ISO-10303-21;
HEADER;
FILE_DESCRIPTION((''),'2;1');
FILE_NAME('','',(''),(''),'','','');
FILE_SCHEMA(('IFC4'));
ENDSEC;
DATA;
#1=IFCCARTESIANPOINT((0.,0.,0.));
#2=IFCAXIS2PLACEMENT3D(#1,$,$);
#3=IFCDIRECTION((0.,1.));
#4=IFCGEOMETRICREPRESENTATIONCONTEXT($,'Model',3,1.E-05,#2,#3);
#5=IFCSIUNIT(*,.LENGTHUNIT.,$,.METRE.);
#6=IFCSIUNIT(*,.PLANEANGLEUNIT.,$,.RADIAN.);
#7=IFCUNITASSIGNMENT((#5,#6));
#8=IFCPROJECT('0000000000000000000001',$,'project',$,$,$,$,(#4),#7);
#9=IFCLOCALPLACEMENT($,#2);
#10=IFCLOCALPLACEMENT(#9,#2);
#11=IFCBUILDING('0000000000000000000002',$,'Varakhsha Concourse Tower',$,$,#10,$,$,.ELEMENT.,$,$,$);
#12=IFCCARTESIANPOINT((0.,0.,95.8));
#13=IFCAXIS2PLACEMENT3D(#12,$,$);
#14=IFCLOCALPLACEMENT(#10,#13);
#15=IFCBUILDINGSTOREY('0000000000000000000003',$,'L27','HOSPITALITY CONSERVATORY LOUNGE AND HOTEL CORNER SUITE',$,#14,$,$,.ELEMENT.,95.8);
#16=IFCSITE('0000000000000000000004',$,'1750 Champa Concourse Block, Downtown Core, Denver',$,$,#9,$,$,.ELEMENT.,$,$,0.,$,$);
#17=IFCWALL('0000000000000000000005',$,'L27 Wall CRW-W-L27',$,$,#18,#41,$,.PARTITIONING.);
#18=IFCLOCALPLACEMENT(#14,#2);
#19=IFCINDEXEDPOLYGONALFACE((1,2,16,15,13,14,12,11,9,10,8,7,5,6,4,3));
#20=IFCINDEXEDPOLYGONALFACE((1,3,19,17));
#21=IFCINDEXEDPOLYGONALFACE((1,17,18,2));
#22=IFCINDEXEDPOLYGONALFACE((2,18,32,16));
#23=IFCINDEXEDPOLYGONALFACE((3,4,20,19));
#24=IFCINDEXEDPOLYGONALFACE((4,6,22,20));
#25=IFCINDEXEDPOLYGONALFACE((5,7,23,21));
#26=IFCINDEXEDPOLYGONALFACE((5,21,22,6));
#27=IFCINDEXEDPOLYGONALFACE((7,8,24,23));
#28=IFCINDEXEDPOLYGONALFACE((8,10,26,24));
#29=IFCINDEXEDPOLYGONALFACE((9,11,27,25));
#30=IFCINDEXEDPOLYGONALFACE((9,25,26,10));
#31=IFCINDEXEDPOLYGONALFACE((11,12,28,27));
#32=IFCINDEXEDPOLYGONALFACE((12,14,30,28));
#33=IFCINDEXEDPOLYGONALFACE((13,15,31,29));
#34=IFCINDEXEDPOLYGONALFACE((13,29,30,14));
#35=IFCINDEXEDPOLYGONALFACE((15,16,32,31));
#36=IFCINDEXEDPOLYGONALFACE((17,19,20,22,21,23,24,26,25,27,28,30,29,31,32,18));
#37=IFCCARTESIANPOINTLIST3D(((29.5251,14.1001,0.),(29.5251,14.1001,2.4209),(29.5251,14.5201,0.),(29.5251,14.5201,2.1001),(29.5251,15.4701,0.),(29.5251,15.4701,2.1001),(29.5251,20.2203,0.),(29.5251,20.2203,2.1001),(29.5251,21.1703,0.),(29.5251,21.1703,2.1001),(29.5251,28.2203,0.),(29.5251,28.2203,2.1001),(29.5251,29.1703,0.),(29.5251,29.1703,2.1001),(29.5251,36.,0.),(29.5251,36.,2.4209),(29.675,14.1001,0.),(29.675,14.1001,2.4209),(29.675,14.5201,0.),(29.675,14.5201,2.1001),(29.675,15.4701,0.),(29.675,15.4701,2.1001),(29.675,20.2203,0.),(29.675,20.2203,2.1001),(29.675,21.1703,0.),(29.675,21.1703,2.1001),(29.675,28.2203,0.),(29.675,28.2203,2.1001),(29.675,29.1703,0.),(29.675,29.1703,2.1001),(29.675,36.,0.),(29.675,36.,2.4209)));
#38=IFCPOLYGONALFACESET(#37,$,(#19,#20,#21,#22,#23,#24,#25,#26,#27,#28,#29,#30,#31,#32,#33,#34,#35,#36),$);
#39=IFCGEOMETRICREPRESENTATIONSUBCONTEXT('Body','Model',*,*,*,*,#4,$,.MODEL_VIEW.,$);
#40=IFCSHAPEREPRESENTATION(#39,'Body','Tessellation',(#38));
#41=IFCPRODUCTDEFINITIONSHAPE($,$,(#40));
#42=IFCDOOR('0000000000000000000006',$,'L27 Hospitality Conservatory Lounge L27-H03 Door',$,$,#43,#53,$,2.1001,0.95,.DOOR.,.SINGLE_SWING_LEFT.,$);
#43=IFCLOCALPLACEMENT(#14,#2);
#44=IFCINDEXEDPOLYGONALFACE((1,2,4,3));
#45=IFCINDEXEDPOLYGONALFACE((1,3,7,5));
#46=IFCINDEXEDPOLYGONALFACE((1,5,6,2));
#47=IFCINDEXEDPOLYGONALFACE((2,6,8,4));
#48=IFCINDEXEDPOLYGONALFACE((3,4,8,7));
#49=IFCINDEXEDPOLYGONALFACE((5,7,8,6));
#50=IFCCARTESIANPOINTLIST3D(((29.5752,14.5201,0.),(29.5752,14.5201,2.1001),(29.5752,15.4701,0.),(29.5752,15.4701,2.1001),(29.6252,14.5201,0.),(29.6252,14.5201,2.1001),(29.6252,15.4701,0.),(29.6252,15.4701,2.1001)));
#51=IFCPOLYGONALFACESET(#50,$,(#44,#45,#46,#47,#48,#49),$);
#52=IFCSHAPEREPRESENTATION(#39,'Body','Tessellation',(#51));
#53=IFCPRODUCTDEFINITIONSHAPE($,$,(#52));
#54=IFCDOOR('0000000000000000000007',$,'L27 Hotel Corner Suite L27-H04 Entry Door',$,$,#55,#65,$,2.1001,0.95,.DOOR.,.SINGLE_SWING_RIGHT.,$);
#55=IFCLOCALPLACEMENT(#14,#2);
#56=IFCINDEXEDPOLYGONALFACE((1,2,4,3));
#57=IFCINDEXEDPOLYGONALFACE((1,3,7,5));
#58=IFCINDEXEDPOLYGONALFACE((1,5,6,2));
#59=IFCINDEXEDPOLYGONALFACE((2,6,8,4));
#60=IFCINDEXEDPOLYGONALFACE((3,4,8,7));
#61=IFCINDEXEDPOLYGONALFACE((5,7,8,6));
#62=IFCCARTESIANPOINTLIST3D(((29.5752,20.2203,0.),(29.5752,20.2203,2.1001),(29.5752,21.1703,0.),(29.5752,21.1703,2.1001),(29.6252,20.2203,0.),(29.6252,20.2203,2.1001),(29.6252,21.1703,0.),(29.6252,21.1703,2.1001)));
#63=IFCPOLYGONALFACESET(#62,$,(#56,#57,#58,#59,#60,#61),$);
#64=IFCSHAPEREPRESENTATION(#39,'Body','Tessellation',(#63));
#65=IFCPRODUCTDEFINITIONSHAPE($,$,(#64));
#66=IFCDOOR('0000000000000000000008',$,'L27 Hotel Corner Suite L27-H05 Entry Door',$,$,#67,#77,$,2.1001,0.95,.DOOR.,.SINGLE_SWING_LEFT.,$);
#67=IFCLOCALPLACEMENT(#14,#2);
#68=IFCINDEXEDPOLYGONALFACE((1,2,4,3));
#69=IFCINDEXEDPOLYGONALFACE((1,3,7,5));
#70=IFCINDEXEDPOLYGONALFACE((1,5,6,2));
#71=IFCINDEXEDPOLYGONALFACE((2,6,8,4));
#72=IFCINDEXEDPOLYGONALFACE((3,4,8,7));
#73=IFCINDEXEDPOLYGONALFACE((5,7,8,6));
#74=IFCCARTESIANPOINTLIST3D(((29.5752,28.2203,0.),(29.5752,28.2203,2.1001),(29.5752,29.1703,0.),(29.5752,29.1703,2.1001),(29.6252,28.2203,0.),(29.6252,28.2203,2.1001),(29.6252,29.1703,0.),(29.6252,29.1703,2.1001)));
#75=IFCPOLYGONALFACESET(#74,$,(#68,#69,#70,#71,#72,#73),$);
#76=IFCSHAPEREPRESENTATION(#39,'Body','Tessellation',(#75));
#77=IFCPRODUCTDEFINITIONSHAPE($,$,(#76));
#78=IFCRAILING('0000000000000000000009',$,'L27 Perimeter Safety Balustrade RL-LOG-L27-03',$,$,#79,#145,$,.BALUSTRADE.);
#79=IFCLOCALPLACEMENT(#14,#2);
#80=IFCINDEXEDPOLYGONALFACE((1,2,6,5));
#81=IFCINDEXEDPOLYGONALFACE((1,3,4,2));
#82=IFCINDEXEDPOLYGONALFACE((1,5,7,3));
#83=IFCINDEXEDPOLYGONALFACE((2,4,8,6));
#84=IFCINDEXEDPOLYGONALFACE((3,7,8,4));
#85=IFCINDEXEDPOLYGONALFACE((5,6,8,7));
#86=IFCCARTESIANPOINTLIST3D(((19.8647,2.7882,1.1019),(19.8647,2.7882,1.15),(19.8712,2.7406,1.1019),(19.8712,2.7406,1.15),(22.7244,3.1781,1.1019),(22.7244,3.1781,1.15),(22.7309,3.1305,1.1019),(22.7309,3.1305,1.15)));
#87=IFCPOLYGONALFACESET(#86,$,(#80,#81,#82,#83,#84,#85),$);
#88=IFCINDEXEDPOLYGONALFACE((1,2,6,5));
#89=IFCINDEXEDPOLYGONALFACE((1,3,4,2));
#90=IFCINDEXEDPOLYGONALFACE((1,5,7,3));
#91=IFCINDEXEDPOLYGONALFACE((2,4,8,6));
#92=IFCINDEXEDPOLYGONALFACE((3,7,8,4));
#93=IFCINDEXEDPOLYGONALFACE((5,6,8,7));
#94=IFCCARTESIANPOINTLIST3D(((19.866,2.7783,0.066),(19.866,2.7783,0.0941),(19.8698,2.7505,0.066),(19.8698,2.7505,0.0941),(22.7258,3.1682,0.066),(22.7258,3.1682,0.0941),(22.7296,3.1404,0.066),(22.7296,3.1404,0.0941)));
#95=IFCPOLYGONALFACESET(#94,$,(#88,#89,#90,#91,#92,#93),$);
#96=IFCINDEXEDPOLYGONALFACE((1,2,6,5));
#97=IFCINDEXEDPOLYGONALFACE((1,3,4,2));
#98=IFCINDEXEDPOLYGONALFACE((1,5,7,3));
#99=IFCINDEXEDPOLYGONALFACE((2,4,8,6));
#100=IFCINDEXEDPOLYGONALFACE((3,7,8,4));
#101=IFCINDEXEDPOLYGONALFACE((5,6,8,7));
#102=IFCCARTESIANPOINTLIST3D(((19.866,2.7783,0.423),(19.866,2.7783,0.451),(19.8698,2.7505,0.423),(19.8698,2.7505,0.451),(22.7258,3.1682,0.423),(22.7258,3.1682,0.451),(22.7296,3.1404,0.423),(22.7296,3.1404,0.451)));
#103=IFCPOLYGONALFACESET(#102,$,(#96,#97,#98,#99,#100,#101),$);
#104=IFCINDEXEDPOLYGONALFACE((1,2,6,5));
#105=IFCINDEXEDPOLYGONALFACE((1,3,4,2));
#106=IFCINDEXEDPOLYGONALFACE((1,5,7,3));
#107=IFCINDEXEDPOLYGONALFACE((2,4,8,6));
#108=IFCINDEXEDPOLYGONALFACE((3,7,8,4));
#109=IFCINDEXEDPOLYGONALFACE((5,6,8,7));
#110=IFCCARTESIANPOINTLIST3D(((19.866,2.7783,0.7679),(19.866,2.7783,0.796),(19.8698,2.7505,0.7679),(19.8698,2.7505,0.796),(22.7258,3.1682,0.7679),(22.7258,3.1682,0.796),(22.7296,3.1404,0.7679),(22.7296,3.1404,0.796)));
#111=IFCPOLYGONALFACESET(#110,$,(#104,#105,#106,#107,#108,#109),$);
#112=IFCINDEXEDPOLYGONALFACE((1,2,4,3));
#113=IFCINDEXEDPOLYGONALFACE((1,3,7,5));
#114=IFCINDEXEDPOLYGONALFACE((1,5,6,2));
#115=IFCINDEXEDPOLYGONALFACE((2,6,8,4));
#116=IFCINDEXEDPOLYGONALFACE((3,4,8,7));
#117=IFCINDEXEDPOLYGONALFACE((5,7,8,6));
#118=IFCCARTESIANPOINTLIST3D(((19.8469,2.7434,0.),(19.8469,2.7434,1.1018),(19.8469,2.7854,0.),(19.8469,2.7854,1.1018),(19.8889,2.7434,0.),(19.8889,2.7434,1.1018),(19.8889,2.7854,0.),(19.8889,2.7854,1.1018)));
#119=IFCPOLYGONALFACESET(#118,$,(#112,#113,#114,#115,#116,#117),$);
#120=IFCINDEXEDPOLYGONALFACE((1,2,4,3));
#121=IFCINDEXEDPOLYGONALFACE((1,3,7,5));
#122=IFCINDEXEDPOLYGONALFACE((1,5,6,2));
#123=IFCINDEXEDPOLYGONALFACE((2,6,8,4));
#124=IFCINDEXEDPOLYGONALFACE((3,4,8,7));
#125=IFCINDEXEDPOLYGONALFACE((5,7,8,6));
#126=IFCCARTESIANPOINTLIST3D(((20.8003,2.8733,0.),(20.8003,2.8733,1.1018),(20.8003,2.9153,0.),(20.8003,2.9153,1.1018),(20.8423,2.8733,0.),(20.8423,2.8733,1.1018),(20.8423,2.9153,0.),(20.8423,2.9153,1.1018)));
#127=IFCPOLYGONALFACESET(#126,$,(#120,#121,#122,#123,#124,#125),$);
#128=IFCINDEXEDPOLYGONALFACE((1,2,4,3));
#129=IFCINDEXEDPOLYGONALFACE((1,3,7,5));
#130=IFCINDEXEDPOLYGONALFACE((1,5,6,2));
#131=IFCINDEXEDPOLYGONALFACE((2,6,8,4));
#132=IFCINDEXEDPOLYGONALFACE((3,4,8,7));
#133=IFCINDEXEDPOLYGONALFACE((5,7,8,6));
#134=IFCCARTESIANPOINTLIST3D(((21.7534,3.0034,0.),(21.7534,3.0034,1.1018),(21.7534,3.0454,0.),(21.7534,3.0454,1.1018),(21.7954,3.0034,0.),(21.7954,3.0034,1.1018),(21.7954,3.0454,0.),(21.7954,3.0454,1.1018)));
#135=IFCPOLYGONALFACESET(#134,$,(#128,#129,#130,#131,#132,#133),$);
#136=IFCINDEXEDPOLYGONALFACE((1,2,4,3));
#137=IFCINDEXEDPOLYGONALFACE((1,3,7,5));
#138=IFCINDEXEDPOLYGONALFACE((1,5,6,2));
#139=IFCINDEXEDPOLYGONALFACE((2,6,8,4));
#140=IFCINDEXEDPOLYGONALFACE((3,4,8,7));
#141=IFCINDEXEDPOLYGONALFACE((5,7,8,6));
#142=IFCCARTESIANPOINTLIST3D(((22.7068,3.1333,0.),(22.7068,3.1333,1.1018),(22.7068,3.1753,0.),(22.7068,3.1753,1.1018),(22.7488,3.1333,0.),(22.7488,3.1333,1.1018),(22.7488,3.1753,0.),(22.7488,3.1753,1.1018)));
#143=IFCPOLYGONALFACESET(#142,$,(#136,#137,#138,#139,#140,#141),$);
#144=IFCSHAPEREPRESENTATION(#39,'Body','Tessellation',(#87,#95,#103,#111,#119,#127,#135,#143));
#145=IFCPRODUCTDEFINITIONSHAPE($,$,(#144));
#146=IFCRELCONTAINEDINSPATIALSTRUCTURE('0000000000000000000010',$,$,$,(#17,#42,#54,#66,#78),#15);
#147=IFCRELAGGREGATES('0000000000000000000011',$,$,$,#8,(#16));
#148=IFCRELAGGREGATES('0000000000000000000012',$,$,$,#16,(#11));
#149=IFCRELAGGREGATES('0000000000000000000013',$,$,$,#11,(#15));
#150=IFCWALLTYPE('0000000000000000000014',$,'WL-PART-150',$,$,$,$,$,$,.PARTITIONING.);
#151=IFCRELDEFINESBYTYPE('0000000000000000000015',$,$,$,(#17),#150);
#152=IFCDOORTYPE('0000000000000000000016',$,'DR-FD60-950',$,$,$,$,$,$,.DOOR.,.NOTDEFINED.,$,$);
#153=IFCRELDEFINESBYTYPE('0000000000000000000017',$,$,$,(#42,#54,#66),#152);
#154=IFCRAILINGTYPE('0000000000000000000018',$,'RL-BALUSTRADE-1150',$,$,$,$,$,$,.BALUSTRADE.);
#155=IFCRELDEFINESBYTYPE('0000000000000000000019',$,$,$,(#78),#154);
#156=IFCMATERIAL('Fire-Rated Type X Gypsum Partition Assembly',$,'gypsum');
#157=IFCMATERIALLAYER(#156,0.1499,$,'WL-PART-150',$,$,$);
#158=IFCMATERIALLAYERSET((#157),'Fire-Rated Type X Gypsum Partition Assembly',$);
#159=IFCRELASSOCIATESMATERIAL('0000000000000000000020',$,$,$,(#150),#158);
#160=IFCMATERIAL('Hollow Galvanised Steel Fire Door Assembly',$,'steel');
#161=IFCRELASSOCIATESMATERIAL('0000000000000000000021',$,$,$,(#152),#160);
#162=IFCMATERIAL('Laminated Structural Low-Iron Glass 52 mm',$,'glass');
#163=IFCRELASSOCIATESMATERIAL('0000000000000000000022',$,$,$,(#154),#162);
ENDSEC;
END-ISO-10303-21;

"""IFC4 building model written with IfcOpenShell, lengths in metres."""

from ifc_helpers import new_model, si_unit, direction, frame, frame_2d, origin, origin_2d, place, context, subcontext, project, spatial, rectangle, extrude, material, layer, layer_set, type_object, element, fill, save


model = new_model("IFC4")

# Units and contexts
model_context = context("Model", 3, precision=1e-05, world=origin(), true_north=direction((0.0, 1.0)))
body_context = subcontext(model_context, "Body", "Model", "MODEL_VIEW")
ifc_project = project(units=[si_unit("LENGTHUNIT", "METRE"), si_unit("PLANEANGLEUNIT", "RADIAN")], contexts=[model_context])

# Site, building, storey
site_placement = place(None, origin())
site = spatial("IfcSite", under=ifc_project, at=site_placement, Name="1750 Champa Concourse Block, Downtown Core, Denver", CompositionType="ELEMENT", RefElevation=0.0)
building_placement = place(site_placement, origin())
building = spatial("IfcBuilding", under=site, at=building_placement, Name="Varakhsha Concourse Tower", CompositionType="ELEMENT")
storey_placement = place(building_placement, frame((0.0, 0.0, 95.8)))
storey = spatial("IfcBuildingStorey", under=building, at=storey_placement, Name="L27", Description="HOSPITALITY CONSERVATORY LOUNGE AND HOTEL CORNER SUITE", CompositionType="ELEMENT", Elevation=95.8)

# Wall, openings, doors
ifc_material_1 = material(Name="Fire-Rated Type X Gypsum Partition Assembly", Category="gypsum")
ifc_layer = layer(ifc_material_1, 0.1499, Name="WL-PART-150")
ifc_layer_set = layer_set([ifc_layer], Name="Fire-Rated Type X Gypsum Partition Assembly")
wall_type = type_object("IfcWallType", Name="WL-PART-150", PredefinedType="PARTITIONING", material=ifc_layer_set)
ifc_material_2 = material(Name="Hollow Galvanised Steel Fire Door Assembly", Category="steel")
door_type = type_object("IfcDoorType", Name="DR-FD60-950", OperationType="NOTDEFINED", PredefinedType="DOOR", material=ifc_material_2)
wall_1_placement = place(storey_placement, frame((29.6001, 14.1001, 0.0), z_axis=(0.0, 0.0, 1.0), x_axis=(0.0, 1.0, 0.0)))
wall_1 = element("IfcWall", 1, at=wall_1_placement, inside=storey, type_object=wall_type, Name="L27 Wall CRW-W-L27", PredefinedType="PARTITIONING", context=body_context, shape_type="SweptSolid", body=[
    extrude(rectangle(XDim=21.8999, YDim=0.1499, at=frame_2d((10.95, 0.0))), origin(), (0.0, 0.0, 1.0), 2.4209),
])
opening_1_placement = place(wall_1_placement, frame((0.4199, 0.0, 0.0)))
opening_1 = element("IfcOpeningElement", 2, at=opening_1_placement, cuts=wall_1, PredefinedType="OPENING", context=body_context, shape_type="SweptSolid", body=[
    extrude(rectangle(XDim=0.95, YDim=2.1001, at=frame_2d((0.4751, 1.05))), frame((0.0, 0.085, 0.0), z_axis=(0.0, -1.0, 0.0), x_axis=(1.0, 0.0, 0.0)), (0.0, 0.0, 1.0), 0.1699),
])
opening_2_placement = place(wall_1_placement, frame((6.1201, 0.0, 0.0)))
opening_2 = element("IfcOpeningElement", 3, at=opening_2_placement, cuts=wall_1, PredefinedType="OPENING", context=body_context, shape_type="SweptSolid", body=[
    extrude(rectangle(XDim=0.95, YDim=2.1001, at=frame_2d((0.4751, 1.05))), frame((0.0, 0.085, 0.0), z_axis=(0.0, -1.0, 0.0), x_axis=(1.0, 0.0, 0.0)), (0.0, 0.0, 1.0), 0.1699),
])
opening_3_placement = place(wall_1_placement, frame((14.1201, 0.0, 0.0)))
opening_3 = element("IfcOpeningElement", 4, at=opening_3_placement, cuts=wall_1, PredefinedType="OPENING", context=body_context, shape_type="SweptSolid", body=[
    extrude(rectangle(XDim=0.95, YDim=2.1001, at=frame_2d((0.4751, 1.05))), frame((0.0, 0.085, 0.0), z_axis=(0.0, -1.0, 0.0), x_axis=(1.0, 0.0, 0.0)), (0.0, 0.0, 1.0), 0.1699),
])
door_1_placement = place(opening_1_placement, origin())
door_1 = element("IfcDoor", 5, at=door_1_placement, inside=storey, type_object=door_type, Name="L27 Hospitality Conservatory Lounge L27-H03 Door", OperationType="SINGLE_SWING_LEFT", OverallHeight=2.1001, OverallWidth=0.95, PredefinedType="DOOR", context=body_context, shape_type="SweptSolid", body=[
    extrude(rectangle(XDim=0.95, YDim=2.1001, at=frame_2d((0.4751, 1.05))), frame((0.0, 0.0249, 0.0), z_axis=(0.0, -1.0, 0.0), x_axis=(1.0, 0.0, 0.0)), (0.0, 0.0, 1.0), 0.05),
])
fill(opening_1, door_1)
door_2_placement = place(opening_2_placement, origin())
door_2 = element("IfcDoor", 6, at=door_2_placement, inside=storey, type_object=door_type, Name="L27 Hotel Corner Suite L27-H04 Entry Door", OperationType="SINGLE_SWING_RIGHT", OverallHeight=2.1001, OverallWidth=0.95, PredefinedType="DOOR", context=body_context, shape_type="SweptSolid", body=[
    extrude(rectangle(XDim=0.95, YDim=2.1001, at=frame_2d((0.4751, 1.05))), frame((0.0, 0.0249, 0.0), z_axis=(0.0, -1.0, 0.0), x_axis=(1.0, 0.0, 0.0)), (0.0, 0.0, 1.0), 0.05),
])
fill(opening_2, door_2)
door_3_placement = place(opening_3_placement, origin())
door_3 = element("IfcDoor", 7, at=door_3_placement, inside=storey, type_object=door_type, Name="L27 Hotel Corner Suite L27-H05 Entry Door", OperationType="SINGLE_SWING_LEFT", OverallHeight=2.1001, OverallWidth=0.95, PredefinedType="DOOR", context=body_context, shape_type="SweptSolid", body=[
    extrude(rectangle(XDim=0.95, YDim=2.1001, at=frame_2d((0.4751, 1.05))), frame((0.0, 0.0249, 0.0), z_axis=(0.0, -1.0, 0.0), x_axis=(1.0, 0.0, 0.0)), (0.0, 0.0, 1.0), 0.05),
])
fill(opening_3, door_3)

# Railing
ifc_material_3 = material(Name="Laminated Structural Low-Iron Glass 52 mm", Category="glass")
railing_type = type_object("IfcRailingType", Name="RL-BALUSTRADE-1150", PredefinedType="BALUSTRADE", material=ifc_material_3)
railing_1_placement = place(storey_placement, frame((19.8679, 2.7644, 0.0)))
element("IfcRailing", 8, at=railing_1_placement, inside=storey, type_object=railing_type, Name="L27 Perimeter Safety Balustrade RL-LOG-L27-03", PredefinedType="BALUSTRADE", context=body_context, shape_type="SweptSolid", body=[
    extrude(rectangle(XDim=0.0481, YDim=0.0481, at=origin_2d()), frame((0.0, 0.0, 1.126), z_axis=(0.990834, 0.135083, 0.0), x_axis=(-0.135083, 0.990834, 0.0)), (0.0, 0.0, 1.0), 2.8862),
    extrude(rectangle(XDim=0.0281, YDim=0.0281, at=origin_2d()), frame((0.0, 0.0, 0.0801), z_axis=(0.990834, 0.135083, 0.0), x_axis=(-0.135083, 0.990834, 0.0)), (0.0, 0.0, 1.0), 2.8862),
    extrude(rectangle(XDim=0.0281, YDim=0.0281, at=origin_2d()), frame((0.0, 0.0, 0.437), z_axis=(0.990834, 0.135083, 0.0), x_axis=(-0.135083, 0.990834, 0.0)), (0.0, 0.0, 1.0), 2.8862),
    extrude(rectangle(XDim=0.0281, YDim=0.0281, at=origin_2d()), frame((0.0, 0.0, 0.782), z_axis=(0.990834, 0.135083, 0.0), x_axis=(-0.135083, 0.990834, 0.0)), (0.0, 0.0, 1.0), 2.8862),
    extrude(rectangle(XDim=0.042, YDim=0.042, at=origin_2d()), origin(), (0.0, 0.0, 1.0), 1.1018),
    extrude(rectangle(XDim=0.042, YDim=0.042, at=origin_2d()), frame((0.9534, 0.1299, 0.0)), (0.0, 0.0, 1.0), 1.1018),
    extrude(rectangle(XDim=0.042, YDim=0.042, at=origin_2d()), frame((1.9065, 0.26, 0.0)), (0.0, 0.0, 1.0), 1.1018),
    extrude(rectangle(XDim=0.042, YDim=0.042, at=origin_2d()), frame((2.8599, 0.3899, 0.0)), (0.0, 0.0, 1.0), 1.1018),
])

save(model, "model.ifc")
